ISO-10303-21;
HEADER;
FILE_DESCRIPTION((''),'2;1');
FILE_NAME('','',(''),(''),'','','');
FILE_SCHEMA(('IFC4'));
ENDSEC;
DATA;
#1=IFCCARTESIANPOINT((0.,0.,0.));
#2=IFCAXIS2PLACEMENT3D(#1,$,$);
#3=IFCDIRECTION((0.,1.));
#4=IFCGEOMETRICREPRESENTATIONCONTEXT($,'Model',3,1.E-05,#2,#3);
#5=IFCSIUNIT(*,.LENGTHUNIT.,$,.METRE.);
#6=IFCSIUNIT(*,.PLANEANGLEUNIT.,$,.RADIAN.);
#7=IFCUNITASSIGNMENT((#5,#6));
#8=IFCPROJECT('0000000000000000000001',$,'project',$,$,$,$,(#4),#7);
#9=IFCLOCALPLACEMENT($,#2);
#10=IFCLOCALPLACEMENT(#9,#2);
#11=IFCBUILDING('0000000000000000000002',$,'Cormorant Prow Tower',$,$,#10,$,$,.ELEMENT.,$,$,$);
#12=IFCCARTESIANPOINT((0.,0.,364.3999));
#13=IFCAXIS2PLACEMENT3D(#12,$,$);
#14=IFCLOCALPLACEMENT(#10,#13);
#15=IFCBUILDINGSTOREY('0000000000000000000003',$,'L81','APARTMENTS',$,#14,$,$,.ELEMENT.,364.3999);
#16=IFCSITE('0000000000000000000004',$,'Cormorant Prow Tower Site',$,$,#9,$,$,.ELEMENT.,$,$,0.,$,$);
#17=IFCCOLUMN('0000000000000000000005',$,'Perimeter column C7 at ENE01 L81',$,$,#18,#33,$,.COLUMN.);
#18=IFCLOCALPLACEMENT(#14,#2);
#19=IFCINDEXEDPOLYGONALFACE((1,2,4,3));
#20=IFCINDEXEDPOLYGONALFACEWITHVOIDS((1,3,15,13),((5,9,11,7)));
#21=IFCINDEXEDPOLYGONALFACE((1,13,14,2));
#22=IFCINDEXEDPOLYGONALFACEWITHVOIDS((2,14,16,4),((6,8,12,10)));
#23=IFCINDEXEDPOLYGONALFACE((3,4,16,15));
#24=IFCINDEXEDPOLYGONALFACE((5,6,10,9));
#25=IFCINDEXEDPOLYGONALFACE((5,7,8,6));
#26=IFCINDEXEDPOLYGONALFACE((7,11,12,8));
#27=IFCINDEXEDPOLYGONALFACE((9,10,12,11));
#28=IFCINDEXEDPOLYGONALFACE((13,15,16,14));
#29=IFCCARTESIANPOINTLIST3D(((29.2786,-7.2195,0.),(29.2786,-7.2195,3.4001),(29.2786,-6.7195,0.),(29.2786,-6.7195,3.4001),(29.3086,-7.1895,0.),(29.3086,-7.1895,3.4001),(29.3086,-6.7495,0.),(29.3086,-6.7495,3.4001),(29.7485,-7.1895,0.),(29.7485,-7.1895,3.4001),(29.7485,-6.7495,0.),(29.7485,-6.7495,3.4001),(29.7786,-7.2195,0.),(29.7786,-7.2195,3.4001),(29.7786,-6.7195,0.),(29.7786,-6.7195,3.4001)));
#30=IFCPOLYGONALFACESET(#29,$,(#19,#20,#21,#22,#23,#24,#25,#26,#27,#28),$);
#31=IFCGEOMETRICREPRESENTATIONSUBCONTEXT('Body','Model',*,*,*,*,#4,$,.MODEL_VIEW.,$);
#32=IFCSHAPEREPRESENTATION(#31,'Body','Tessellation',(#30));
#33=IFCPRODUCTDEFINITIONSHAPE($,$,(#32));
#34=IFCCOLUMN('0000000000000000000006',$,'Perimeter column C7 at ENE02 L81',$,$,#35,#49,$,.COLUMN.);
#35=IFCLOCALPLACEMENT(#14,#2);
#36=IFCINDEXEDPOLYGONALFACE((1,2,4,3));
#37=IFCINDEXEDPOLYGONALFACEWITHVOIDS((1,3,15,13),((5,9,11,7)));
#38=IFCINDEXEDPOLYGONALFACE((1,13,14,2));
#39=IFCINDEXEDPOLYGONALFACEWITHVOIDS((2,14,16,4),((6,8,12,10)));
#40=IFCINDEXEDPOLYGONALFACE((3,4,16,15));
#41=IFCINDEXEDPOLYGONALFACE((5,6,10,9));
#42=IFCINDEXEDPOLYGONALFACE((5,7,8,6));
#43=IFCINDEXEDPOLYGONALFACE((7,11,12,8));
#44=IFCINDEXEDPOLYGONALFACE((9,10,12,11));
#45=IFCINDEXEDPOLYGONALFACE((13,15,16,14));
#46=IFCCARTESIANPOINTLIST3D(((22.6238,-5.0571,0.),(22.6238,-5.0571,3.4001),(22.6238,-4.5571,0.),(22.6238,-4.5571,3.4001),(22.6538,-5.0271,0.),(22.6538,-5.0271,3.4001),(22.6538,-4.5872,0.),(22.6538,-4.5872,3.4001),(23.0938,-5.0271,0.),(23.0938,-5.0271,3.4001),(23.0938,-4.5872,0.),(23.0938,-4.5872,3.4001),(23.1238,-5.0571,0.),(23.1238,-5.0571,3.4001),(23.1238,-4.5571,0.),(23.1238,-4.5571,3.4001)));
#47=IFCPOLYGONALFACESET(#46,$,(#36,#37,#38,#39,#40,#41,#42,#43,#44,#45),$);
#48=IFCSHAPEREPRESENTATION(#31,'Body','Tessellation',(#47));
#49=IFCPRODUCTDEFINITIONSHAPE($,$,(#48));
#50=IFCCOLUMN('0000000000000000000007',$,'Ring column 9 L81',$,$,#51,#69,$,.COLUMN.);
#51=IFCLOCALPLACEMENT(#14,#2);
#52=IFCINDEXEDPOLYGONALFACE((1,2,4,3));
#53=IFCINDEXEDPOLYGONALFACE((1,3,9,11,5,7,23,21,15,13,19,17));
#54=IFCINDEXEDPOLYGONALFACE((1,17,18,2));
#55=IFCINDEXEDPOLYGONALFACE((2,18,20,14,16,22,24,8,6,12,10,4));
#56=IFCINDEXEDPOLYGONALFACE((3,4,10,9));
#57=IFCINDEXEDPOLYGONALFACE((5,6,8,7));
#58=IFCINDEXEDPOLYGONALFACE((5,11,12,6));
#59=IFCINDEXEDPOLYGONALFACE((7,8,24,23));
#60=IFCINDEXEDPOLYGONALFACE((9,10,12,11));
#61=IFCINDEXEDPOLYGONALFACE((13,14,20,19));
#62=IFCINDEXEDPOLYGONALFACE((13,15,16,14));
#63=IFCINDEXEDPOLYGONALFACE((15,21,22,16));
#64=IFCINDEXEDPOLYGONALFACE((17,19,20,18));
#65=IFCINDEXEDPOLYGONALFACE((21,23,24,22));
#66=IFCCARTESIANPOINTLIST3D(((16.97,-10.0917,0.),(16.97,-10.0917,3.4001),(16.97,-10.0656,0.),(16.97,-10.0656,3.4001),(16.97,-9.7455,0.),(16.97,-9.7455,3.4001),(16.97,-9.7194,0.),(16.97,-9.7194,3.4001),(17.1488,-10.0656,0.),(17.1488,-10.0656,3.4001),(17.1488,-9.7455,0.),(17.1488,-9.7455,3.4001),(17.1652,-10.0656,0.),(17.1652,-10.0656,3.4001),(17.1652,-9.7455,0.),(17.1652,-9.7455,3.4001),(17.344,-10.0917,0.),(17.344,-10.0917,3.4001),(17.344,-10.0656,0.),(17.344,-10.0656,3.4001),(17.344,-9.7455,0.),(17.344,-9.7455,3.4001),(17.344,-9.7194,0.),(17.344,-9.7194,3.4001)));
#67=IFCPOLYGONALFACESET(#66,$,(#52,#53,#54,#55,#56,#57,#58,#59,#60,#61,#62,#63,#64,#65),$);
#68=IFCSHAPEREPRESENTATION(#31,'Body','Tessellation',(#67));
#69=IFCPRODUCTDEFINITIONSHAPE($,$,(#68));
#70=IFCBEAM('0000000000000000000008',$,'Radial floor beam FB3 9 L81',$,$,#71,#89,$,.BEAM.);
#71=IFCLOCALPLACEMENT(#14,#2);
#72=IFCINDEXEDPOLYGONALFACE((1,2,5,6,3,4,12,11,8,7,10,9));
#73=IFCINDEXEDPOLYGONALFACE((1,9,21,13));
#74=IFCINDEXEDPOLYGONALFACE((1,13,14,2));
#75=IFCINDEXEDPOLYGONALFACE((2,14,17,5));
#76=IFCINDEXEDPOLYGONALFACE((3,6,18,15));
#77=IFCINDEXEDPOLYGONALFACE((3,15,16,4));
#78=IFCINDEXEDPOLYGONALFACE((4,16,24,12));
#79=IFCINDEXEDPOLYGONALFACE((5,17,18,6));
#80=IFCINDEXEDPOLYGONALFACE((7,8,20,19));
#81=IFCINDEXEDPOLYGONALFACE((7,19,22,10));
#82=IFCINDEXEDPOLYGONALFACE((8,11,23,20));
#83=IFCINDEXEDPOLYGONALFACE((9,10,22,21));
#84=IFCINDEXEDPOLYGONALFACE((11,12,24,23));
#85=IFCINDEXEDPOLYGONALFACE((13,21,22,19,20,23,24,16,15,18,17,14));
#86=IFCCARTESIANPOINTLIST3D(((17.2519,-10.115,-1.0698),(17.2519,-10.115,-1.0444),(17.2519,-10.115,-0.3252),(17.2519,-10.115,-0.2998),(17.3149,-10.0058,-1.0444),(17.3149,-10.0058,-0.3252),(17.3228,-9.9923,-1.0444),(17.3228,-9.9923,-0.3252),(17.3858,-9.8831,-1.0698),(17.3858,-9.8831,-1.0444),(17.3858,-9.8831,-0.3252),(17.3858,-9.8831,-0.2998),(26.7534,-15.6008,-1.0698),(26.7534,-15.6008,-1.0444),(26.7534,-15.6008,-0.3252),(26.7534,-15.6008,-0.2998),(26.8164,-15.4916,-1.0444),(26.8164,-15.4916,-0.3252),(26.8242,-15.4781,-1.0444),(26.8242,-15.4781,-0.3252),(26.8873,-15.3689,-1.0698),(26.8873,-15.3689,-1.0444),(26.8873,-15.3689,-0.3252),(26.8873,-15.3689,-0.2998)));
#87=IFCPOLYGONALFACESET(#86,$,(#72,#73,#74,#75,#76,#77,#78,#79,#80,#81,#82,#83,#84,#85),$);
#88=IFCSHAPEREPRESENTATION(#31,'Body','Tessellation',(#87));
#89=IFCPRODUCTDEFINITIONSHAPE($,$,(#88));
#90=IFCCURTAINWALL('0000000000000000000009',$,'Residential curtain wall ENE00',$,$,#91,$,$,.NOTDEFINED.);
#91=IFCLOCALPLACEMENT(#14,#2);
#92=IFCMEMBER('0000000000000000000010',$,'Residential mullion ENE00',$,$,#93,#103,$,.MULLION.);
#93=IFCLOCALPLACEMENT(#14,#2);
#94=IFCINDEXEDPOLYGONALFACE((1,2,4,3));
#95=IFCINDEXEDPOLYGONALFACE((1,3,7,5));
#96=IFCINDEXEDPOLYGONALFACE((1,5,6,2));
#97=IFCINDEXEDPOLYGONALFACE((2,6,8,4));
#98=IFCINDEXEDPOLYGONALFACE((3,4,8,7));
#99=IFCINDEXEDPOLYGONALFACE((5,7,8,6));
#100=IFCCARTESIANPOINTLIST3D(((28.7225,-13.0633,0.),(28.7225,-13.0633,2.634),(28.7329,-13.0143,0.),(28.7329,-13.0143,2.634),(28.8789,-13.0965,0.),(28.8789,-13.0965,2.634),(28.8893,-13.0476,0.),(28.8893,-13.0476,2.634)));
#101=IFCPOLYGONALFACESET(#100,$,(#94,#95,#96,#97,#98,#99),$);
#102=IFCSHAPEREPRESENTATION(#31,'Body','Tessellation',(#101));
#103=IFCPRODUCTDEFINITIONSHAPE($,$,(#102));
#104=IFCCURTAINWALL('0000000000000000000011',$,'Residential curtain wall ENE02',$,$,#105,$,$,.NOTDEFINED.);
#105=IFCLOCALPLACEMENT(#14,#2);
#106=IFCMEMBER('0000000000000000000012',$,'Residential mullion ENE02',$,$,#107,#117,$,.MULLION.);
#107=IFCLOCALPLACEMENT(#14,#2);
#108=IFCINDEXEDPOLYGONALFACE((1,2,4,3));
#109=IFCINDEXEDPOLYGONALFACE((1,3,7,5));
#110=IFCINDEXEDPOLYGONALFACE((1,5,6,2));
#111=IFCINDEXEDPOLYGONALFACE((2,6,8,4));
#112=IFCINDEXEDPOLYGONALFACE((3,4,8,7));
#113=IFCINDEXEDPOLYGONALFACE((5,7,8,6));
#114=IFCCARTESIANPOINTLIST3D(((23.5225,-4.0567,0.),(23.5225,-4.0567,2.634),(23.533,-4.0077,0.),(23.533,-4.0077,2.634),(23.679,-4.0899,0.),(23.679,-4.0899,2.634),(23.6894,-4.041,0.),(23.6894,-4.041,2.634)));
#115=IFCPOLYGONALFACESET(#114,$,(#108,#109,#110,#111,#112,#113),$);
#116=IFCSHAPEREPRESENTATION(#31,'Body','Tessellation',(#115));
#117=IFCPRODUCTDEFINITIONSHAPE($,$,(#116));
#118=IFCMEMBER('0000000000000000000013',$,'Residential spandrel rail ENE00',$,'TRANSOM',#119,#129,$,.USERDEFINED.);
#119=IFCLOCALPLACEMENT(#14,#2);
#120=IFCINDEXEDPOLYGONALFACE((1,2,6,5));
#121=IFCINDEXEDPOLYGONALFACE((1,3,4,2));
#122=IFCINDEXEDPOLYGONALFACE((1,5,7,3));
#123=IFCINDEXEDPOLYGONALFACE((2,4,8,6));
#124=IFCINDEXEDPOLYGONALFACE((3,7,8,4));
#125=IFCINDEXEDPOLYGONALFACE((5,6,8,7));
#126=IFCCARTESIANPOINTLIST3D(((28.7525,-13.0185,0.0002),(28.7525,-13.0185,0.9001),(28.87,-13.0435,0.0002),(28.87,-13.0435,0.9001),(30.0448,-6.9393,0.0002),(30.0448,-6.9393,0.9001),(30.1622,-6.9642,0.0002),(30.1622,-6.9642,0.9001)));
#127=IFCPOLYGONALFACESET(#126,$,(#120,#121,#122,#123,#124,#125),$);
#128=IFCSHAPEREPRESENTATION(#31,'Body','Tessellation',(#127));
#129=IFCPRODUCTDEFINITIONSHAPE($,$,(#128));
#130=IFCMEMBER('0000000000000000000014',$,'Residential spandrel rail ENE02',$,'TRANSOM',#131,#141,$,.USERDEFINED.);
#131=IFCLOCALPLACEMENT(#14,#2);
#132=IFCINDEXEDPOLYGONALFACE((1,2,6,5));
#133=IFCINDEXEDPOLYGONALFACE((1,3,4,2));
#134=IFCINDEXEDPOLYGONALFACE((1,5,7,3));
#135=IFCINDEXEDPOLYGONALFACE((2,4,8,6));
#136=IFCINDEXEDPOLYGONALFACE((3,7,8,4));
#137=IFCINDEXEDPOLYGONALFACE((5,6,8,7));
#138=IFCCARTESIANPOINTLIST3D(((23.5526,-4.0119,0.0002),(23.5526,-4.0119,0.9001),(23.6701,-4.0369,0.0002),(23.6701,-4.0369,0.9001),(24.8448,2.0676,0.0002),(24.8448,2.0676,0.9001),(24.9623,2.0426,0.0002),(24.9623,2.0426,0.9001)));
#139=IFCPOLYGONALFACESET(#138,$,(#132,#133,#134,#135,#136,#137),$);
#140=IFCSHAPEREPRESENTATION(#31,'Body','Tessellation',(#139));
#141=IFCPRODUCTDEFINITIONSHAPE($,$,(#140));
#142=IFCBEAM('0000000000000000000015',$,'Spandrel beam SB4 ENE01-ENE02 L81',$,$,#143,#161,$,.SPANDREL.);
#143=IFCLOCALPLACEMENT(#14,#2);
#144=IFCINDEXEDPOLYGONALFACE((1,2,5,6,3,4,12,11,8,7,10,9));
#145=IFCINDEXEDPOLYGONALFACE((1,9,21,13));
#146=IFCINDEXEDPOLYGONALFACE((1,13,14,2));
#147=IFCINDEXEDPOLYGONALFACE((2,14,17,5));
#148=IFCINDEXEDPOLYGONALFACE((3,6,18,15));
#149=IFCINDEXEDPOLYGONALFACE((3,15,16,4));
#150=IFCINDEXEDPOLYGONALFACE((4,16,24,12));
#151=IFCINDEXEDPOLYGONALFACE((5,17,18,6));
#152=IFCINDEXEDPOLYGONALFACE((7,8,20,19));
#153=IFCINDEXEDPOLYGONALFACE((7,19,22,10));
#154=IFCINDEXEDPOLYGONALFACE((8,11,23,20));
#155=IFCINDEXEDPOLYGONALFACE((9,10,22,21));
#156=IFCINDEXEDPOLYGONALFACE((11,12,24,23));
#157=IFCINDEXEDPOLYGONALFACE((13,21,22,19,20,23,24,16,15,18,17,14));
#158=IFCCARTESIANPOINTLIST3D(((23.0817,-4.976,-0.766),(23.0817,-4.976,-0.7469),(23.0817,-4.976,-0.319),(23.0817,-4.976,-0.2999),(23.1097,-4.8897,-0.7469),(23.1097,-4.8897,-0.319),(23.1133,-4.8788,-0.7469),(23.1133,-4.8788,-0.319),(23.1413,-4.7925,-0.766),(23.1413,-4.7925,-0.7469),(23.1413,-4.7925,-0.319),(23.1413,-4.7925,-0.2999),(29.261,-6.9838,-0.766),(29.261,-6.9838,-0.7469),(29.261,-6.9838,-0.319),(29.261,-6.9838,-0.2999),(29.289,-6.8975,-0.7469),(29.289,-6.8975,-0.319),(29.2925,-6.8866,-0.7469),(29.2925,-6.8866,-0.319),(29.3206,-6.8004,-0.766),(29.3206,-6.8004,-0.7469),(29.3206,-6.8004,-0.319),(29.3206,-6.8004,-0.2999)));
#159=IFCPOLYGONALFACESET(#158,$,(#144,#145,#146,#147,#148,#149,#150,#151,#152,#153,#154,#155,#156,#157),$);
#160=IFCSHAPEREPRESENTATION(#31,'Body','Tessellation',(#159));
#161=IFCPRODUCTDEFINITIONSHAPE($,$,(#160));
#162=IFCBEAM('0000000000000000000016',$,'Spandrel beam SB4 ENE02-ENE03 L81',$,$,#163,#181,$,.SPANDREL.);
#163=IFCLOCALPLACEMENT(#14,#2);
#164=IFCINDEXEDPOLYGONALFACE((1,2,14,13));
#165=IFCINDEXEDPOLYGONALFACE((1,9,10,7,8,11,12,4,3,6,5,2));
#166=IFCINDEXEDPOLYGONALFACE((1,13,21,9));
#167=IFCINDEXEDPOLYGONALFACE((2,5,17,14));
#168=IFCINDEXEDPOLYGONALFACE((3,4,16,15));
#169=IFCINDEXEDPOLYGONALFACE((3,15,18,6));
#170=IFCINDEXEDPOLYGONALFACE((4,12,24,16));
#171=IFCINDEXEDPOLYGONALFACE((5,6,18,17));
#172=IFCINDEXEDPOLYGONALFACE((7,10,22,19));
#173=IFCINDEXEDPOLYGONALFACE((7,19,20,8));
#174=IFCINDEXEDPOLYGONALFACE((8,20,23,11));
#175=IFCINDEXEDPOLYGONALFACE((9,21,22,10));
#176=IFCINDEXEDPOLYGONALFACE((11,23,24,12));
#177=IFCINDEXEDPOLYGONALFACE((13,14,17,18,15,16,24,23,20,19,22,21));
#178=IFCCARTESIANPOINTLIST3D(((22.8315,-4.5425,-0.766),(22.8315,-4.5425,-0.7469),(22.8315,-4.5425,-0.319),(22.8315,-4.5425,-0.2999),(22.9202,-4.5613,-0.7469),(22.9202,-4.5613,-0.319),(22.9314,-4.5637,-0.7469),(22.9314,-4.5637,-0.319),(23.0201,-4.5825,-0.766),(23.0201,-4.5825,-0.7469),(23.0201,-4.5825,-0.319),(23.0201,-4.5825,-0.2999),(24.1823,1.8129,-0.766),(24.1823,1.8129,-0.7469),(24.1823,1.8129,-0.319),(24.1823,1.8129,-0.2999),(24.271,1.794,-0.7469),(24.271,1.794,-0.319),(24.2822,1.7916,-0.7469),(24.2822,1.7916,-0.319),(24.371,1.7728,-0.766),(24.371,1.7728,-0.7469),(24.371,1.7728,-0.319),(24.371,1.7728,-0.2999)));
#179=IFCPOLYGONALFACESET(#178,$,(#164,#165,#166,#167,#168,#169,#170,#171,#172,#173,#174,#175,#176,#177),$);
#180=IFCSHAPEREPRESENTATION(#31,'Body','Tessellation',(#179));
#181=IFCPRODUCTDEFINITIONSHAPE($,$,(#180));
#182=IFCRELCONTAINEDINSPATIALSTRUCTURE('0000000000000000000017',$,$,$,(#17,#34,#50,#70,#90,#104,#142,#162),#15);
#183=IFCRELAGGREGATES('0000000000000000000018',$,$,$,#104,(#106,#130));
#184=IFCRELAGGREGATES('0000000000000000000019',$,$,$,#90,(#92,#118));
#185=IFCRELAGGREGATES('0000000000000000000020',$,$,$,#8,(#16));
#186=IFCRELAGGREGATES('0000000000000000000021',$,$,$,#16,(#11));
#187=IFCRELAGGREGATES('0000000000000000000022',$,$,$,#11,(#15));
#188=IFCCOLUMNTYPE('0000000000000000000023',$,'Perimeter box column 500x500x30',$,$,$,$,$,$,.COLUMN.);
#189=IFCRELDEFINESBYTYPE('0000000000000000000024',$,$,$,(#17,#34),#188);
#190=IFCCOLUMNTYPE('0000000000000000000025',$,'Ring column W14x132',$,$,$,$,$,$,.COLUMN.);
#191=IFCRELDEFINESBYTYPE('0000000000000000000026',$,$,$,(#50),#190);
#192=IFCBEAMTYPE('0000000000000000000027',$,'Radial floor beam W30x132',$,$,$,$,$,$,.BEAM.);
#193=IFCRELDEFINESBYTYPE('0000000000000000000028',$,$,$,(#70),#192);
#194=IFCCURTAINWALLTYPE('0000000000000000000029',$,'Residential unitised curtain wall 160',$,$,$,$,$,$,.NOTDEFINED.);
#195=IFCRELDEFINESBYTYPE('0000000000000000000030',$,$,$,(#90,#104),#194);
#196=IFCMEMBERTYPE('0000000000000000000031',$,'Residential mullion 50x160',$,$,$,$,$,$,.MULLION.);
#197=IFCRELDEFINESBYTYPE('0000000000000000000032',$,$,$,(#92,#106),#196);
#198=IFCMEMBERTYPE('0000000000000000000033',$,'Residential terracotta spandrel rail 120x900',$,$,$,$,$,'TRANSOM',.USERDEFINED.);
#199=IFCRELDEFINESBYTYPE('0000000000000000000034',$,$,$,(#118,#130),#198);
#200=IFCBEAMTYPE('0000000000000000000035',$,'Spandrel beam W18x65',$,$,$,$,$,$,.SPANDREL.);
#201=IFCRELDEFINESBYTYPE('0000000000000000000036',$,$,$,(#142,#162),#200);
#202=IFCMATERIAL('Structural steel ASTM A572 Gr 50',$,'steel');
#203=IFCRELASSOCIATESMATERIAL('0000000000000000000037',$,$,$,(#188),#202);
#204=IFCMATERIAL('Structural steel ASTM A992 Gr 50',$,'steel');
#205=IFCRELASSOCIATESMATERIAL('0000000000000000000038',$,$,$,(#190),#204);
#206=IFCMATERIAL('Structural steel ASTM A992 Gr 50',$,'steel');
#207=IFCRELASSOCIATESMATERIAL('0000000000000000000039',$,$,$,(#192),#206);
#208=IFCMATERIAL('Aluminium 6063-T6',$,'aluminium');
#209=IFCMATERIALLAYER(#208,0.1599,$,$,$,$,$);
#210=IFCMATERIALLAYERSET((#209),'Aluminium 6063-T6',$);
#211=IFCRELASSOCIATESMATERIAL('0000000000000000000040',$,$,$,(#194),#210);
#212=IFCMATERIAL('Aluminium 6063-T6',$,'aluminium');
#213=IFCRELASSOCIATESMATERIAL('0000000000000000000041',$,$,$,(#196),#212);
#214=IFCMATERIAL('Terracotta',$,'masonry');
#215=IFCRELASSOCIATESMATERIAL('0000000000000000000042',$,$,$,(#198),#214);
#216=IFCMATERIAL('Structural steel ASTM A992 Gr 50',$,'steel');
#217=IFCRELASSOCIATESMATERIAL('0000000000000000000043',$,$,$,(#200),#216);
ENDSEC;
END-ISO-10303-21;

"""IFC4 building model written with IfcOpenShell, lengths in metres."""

from ifc_helpers import new_model, si_unit, direction, frame, origin, origin_2d, place, context, subcontext, project, spatial, rectangle, hollow_rectangle, i_section, extrude, material, layer, layer_set, material_profile, profile_set, type_object, element, aggregate, save


model = new_model("IFC4")

# Units and contexts
model_context = context("Model", 3, precision=1e-05, world=origin(), true_north=direction((0.0, 1.0)))
body_context = subcontext(model_context, "Body", "Model", "MODEL_VIEW")
ifc_project = project(units=[si_unit("LENGTHUNIT", "METRE"), si_unit("PLANEANGLEUNIT", "RADIAN")], contexts=[model_context])

# Site, building, storey
site_placement = place(None, origin())
site = spatial("IfcSite", under=ifc_project, at=site_placement, Name="Cormorant Prow Tower Site", CompositionType="ELEMENT", RefElevation=0.0)
building_placement = place(site_placement, origin())
building = spatial("IfcBuilding", under=site, at=building_placement, Name="Cormorant Prow Tower", CompositionType="ELEMENT")
storey_placement = place(building_placement, frame((0.0, 0.0, 364.3999)))
storey = spatial("IfcBuildingStorey", under=building, at=storey_placement, Name="L81", Description="APARTMENTS", CompositionType="ELEMENT", Elevation=364.3999)

# Columns
ifc_material_1 = material(Name="Structural steel ASTM A572 Gr 50", Category="steel")
ifc_material_profile_1 = material_profile(ifc_material_1, hollow_rectangle(XDim=0.5, YDim=0.5, WallThickness=0.03, at=origin_2d()), Name="Box 500x500x30")
ifc_profile_set_1 = profile_set([ifc_material_profile_1], Name="Structural steel ASTM A572 Gr 50")
column_type_1 = type_object("IfcColumnType", Name="Perimeter box column 500x500x30", PredefinedType="COLUMN", material=ifc_profile_set_1)
for number, where, z_axis, x_axis, name in (
    (1, (29.5286, -6.9695, 0.0), (0.0, 0.0, 1.0), (1.0, 0.0, 0.0), "Perimeter column C7 at ENE01 L81"),
    (2, (22.8738, -4.8071, 0.0), (0.0, 0.0, 1.0), (1.0, 0.0, 0.0), "Perimeter column C7 at ENE02 L81"),
):
    element("IfcColumn", number, at=place(storey_placement, frame(where, z_axis=z_axis, x_axis=x_axis)), inside=storey, type_object=column_type_1, Name=name, PredefinedType="COLUMN", context=body_context, shape_type="SweptSolid", body=[
        extrude(hollow_rectangle(XDim=0.5, YDim=0.5, WallThickness=0.03, at=origin_2d()), origin(), (0.0, 0.0, 1.0), 3.4001),
    ])
ifc_material_2 = material(Name="Structural steel ASTM A992 Gr 50", Category="steel")
ifc_material_profile_2 = material_profile(ifc_material_2, i_section(OverallWidth=0.374, OverallDepth=0.3723, WebThickness=0.0164, FlangeThickness=0.0261, at=origin_2d()), Name="W14x132")
ifc_profile_set_2 = profile_set([ifc_material_profile_2], Name="Structural steel ASTM A992 Gr 50")
column_type_2 = type_object("IfcColumnType", Name="Ring column W14x132", PredefinedType="COLUMN", material=ifc_profile_set_2)
column_placement = place(storey_placement, frame((17.157, -9.9055, 0.0), z_axis=(0.0, 0.0, 1.0), x_axis=(1.0, 0.0, 0.0)))
element("IfcColumn", 3, at=column_placement, inside=storey, type_object=column_type_2, Name="Ring column 9 L81", PredefinedType="COLUMN", context=body_context, shape_type="SweptSolid", body=[
    extrude(i_section(OverallWidth=0.374, OverallDepth=0.3723, WebThickness=0.0164, FlangeThickness=0.0261, at=origin_2d()), origin(), (0.0, 0.0, 1.0), 3.4001),
])

# Beam
ifc_material_3 = material(Name="Structural steel ASTM A992 Gr 50", Category="steel")
ifc_material_profile_3 = material_profile(ifc_material_3, i_section(OverallWidth=0.2678, OverallDepth=0.77, WebThickness=0.0156, FlangeThickness=0.0254, at=origin_2d()), Name="W30x132")
ifc_profile_set_3 = profile_set([ifc_material_profile_3], Name="Structural steel ASTM A992 Gr 50")
beam_type_1 = type_object("IfcBeamType", Name="Radial floor beam W30x132", PredefinedType="BEAM", material=ifc_profile_set_3)
beam_placement = place(storey_placement, frame((17.3188, -9.999, -0.6848), z_axis=(0.866019, -0.500011, 0.0), x_axis=(0.500011, 0.866019, 0.0)))
element("IfcBeam", 4, at=beam_placement, inside=storey, type_object=beam_type_1, Name="Radial floor beam FB3 9 L81", PredefinedType="BEAM", context=body_context, shape_type="SweptSolid", body=[
    extrude(i_section(OverallWidth=0.2678, OverallDepth=0.77, WebThickness=0.0156, FlangeThickness=0.0254, at=origin_2d()), origin(), (0.0, 0.0, 1.0), 10.9714),
])

# Curtain walls, members
ifc_material_4 = material(Name="Aluminium 6063-T6", Category="aluminium")
ifc_layer_1 = layer(ifc_material_4, 0.1599)
ifc_layer_set_1 = layer_set([ifc_layer_1], Name="Aluminium 6063-T6")
curtain_wall_type = type_object("IfcCurtainWallType", Name="Residential unitised curtain wall 160", PredefinedType="NOTDEFINED", material=ifc_layer_set_1)
curtain_wall_1_placement = place(storey_placement, origin())
curtain_wall_1 = element("IfcCurtainWall", 5, at=curtain_wall_1_placement, inside=storey, type_object=curtain_wall_type, Name="Residential curtain wall ENE00", PredefinedType="NOTDEFINED")
ifc_material_5 = material(Name="Aluminium 6063-T6", Category="aluminium")
ifc_material_profile_4 = material_profile(ifc_material_5, rectangle(XDim=0.1599, YDim=0.05, at=origin_2d()), Name="Residential mullion 50x160")
ifc_profile_set_4 = profile_set([ifc_material_profile_4], Name="Aluminium 6063-T6")
member_type_1 = type_object("IfcMemberType", Name="Residential mullion 50x160", PredefinedType="MULLION", material=ifc_profile_set_4)
member_1_placement = place(storey_placement, frame((28.8059, -13.0554, 0.0), z_axis=(0.0, 0.0, 1.0), x_axis=(-0.978148, 0.207912, 0.0)))
member_1 = element("IfcMember", 6, at=member_1_placement, type_object=member_type_1, Name="Residential mullion ENE00", PredefinedType="MULLION", context=body_context, shape_type="SweptSolid", body=[
    extrude(rectangle(XDim=0.1599, YDim=0.05, at=origin_2d()), origin(), (0.0, 0.0, 1.0), 2.634),
])
curtain_wall_2_placement = place(storey_placement, origin())
curtain_wall_2 = element("IfcCurtainWall", 7, at=curtain_wall_2_placement, inside=storey, type_object=curtain_wall_type, Name="Residential curtain wall ENE02", PredefinedType="NOTDEFINED")
member_2_placement = place(storey_placement, frame((23.606, -4.0488, 0.0), z_axis=(0.0, 0.0, 1.0), x_axis=(-0.978148, 0.207912, 0.0)))
member_2 = element("IfcMember", 8, at=member_2_placement, type_object=member_type_1, Name="Residential mullion ENE02", PredefinedType="MULLION", context=body_context, shape_type="SweptSolid", body=[
    extrude(rectangle(XDim=0.1599, YDim=0.05, at=origin_2d()), origin(), (0.0, 0.0, 1.0), 2.634),
])

# Members
ifc_material_6 = material(Name="Terracotta", Category="masonry")
ifc_material_profile_5 = material_profile(ifc_material_6, rectangle(XDim=0.1201, YDim=0.8999, at=origin_2d()), Name="Residential terracotta spandrel rail 120x900")
ifc_profile_set_5 = profile_set([ifc_material_profile_5], Name="Terracotta")
member_type_2 = type_object("IfcMemberType", Name="Residential terracotta spandrel rail 120x900", ElementType="TRANSOM", PredefinedType="USERDEFINED", material=ifc_profile_set_5)
member_3_placement = place(storey_placement, frame((28.8113, -13.031, 0.4502), z_axis=(0.207917, 0.978147, 0.0), x_axis=(-0.978147, 0.207917, 0.0)))
member_3 = element("IfcMember", 9, at=member_3_placement, type_object=member_type_2, Name="Residential spandrel rail ENE00", ObjectType="TRANSOM", PredefinedType="USERDEFINED", context=body_context, shape_type="SweptSolid", body=[
    extrude(rectangle(XDim=0.1201, YDim=0.8999, at=origin_2d()), origin(), (0.0, 0.0, 1.0), 6.2151),
])
member_4_placement = place(storey_placement, frame((23.6113, -4.0244, 0.4502), z_axis=(0.207909, 0.978148, 0.0), x_axis=(-0.978148, 0.207909, 0.0)))
member_4 = element("IfcMember", 10, at=member_4_placement, type_object=member_type_2, Name="Residential spandrel rail ENE02", ObjectType="TRANSOM", PredefinedType="USERDEFINED", context=body_context, shape_type="SweptSolid", body=[
    extrude(rectangle(XDim=0.1201, YDim=0.8999, at=origin_2d()), origin(), (0.0, 0.0, 1.0), 6.2153),
])
aggregate(curtain_wall_2, [member_2, member_4])

# Beams
ifc_material_7 = material(Name="Structural steel ASTM A992 Gr 50", Category="steel")
ifc_material_profile_6 = material_profile(ifc_material_7, i_section(OverallWidth=0.1929, OverallDepth=0.4661, WebThickness=0.0115, FlangeThickness=0.019, at=origin_2d()), Name="W18x65")
ifc_profile_set_6 = profile_set([ifc_material_profile_6], Name="Structural steel ASTM A992 Gr 50")
beam_type_2 = type_object("IfcBeamType", Name="Spandrel beam W18x65", PredefinedType="SPANDREL", material=ifc_profile_set_6)
for number, where, z_axis, x_axis, name in (
    (11, (29.2908, -6.8921, -0.533), (-0.951053, 0.309027, 0.0), (-0.309027, -0.951053, 0.0), "Spandrel beam SB4 ENE01-ENE02 L81"),
    (12, (22.9258, -4.5625, -0.533), (0.20791, 0.978148, 0.0), (-0.978148, 0.20791, 0.0), "Spandrel beam SB4 ENE02-ENE03 L81"),
):
    element("IfcBeam", number, at=place(storey_placement, frame(where, z_axis=z_axis, x_axis=x_axis)), inside=storey, type_object=beam_type_2, Name=name, PredefinedType="SPANDREL", context=body_context, shape_type="SweptSolid", body=[
        extrude(i_section(OverallWidth=0.1929, OverallDepth=0.4661, WebThickness=0.0115, FlangeThickness=0.019, at=origin_2d()), origin(), (0.0, 0.0, 1.0), 6.4973),
    ])

aggregate(curtain_wall_1, [member_1, member_3])

save(model, "model.ifc")
